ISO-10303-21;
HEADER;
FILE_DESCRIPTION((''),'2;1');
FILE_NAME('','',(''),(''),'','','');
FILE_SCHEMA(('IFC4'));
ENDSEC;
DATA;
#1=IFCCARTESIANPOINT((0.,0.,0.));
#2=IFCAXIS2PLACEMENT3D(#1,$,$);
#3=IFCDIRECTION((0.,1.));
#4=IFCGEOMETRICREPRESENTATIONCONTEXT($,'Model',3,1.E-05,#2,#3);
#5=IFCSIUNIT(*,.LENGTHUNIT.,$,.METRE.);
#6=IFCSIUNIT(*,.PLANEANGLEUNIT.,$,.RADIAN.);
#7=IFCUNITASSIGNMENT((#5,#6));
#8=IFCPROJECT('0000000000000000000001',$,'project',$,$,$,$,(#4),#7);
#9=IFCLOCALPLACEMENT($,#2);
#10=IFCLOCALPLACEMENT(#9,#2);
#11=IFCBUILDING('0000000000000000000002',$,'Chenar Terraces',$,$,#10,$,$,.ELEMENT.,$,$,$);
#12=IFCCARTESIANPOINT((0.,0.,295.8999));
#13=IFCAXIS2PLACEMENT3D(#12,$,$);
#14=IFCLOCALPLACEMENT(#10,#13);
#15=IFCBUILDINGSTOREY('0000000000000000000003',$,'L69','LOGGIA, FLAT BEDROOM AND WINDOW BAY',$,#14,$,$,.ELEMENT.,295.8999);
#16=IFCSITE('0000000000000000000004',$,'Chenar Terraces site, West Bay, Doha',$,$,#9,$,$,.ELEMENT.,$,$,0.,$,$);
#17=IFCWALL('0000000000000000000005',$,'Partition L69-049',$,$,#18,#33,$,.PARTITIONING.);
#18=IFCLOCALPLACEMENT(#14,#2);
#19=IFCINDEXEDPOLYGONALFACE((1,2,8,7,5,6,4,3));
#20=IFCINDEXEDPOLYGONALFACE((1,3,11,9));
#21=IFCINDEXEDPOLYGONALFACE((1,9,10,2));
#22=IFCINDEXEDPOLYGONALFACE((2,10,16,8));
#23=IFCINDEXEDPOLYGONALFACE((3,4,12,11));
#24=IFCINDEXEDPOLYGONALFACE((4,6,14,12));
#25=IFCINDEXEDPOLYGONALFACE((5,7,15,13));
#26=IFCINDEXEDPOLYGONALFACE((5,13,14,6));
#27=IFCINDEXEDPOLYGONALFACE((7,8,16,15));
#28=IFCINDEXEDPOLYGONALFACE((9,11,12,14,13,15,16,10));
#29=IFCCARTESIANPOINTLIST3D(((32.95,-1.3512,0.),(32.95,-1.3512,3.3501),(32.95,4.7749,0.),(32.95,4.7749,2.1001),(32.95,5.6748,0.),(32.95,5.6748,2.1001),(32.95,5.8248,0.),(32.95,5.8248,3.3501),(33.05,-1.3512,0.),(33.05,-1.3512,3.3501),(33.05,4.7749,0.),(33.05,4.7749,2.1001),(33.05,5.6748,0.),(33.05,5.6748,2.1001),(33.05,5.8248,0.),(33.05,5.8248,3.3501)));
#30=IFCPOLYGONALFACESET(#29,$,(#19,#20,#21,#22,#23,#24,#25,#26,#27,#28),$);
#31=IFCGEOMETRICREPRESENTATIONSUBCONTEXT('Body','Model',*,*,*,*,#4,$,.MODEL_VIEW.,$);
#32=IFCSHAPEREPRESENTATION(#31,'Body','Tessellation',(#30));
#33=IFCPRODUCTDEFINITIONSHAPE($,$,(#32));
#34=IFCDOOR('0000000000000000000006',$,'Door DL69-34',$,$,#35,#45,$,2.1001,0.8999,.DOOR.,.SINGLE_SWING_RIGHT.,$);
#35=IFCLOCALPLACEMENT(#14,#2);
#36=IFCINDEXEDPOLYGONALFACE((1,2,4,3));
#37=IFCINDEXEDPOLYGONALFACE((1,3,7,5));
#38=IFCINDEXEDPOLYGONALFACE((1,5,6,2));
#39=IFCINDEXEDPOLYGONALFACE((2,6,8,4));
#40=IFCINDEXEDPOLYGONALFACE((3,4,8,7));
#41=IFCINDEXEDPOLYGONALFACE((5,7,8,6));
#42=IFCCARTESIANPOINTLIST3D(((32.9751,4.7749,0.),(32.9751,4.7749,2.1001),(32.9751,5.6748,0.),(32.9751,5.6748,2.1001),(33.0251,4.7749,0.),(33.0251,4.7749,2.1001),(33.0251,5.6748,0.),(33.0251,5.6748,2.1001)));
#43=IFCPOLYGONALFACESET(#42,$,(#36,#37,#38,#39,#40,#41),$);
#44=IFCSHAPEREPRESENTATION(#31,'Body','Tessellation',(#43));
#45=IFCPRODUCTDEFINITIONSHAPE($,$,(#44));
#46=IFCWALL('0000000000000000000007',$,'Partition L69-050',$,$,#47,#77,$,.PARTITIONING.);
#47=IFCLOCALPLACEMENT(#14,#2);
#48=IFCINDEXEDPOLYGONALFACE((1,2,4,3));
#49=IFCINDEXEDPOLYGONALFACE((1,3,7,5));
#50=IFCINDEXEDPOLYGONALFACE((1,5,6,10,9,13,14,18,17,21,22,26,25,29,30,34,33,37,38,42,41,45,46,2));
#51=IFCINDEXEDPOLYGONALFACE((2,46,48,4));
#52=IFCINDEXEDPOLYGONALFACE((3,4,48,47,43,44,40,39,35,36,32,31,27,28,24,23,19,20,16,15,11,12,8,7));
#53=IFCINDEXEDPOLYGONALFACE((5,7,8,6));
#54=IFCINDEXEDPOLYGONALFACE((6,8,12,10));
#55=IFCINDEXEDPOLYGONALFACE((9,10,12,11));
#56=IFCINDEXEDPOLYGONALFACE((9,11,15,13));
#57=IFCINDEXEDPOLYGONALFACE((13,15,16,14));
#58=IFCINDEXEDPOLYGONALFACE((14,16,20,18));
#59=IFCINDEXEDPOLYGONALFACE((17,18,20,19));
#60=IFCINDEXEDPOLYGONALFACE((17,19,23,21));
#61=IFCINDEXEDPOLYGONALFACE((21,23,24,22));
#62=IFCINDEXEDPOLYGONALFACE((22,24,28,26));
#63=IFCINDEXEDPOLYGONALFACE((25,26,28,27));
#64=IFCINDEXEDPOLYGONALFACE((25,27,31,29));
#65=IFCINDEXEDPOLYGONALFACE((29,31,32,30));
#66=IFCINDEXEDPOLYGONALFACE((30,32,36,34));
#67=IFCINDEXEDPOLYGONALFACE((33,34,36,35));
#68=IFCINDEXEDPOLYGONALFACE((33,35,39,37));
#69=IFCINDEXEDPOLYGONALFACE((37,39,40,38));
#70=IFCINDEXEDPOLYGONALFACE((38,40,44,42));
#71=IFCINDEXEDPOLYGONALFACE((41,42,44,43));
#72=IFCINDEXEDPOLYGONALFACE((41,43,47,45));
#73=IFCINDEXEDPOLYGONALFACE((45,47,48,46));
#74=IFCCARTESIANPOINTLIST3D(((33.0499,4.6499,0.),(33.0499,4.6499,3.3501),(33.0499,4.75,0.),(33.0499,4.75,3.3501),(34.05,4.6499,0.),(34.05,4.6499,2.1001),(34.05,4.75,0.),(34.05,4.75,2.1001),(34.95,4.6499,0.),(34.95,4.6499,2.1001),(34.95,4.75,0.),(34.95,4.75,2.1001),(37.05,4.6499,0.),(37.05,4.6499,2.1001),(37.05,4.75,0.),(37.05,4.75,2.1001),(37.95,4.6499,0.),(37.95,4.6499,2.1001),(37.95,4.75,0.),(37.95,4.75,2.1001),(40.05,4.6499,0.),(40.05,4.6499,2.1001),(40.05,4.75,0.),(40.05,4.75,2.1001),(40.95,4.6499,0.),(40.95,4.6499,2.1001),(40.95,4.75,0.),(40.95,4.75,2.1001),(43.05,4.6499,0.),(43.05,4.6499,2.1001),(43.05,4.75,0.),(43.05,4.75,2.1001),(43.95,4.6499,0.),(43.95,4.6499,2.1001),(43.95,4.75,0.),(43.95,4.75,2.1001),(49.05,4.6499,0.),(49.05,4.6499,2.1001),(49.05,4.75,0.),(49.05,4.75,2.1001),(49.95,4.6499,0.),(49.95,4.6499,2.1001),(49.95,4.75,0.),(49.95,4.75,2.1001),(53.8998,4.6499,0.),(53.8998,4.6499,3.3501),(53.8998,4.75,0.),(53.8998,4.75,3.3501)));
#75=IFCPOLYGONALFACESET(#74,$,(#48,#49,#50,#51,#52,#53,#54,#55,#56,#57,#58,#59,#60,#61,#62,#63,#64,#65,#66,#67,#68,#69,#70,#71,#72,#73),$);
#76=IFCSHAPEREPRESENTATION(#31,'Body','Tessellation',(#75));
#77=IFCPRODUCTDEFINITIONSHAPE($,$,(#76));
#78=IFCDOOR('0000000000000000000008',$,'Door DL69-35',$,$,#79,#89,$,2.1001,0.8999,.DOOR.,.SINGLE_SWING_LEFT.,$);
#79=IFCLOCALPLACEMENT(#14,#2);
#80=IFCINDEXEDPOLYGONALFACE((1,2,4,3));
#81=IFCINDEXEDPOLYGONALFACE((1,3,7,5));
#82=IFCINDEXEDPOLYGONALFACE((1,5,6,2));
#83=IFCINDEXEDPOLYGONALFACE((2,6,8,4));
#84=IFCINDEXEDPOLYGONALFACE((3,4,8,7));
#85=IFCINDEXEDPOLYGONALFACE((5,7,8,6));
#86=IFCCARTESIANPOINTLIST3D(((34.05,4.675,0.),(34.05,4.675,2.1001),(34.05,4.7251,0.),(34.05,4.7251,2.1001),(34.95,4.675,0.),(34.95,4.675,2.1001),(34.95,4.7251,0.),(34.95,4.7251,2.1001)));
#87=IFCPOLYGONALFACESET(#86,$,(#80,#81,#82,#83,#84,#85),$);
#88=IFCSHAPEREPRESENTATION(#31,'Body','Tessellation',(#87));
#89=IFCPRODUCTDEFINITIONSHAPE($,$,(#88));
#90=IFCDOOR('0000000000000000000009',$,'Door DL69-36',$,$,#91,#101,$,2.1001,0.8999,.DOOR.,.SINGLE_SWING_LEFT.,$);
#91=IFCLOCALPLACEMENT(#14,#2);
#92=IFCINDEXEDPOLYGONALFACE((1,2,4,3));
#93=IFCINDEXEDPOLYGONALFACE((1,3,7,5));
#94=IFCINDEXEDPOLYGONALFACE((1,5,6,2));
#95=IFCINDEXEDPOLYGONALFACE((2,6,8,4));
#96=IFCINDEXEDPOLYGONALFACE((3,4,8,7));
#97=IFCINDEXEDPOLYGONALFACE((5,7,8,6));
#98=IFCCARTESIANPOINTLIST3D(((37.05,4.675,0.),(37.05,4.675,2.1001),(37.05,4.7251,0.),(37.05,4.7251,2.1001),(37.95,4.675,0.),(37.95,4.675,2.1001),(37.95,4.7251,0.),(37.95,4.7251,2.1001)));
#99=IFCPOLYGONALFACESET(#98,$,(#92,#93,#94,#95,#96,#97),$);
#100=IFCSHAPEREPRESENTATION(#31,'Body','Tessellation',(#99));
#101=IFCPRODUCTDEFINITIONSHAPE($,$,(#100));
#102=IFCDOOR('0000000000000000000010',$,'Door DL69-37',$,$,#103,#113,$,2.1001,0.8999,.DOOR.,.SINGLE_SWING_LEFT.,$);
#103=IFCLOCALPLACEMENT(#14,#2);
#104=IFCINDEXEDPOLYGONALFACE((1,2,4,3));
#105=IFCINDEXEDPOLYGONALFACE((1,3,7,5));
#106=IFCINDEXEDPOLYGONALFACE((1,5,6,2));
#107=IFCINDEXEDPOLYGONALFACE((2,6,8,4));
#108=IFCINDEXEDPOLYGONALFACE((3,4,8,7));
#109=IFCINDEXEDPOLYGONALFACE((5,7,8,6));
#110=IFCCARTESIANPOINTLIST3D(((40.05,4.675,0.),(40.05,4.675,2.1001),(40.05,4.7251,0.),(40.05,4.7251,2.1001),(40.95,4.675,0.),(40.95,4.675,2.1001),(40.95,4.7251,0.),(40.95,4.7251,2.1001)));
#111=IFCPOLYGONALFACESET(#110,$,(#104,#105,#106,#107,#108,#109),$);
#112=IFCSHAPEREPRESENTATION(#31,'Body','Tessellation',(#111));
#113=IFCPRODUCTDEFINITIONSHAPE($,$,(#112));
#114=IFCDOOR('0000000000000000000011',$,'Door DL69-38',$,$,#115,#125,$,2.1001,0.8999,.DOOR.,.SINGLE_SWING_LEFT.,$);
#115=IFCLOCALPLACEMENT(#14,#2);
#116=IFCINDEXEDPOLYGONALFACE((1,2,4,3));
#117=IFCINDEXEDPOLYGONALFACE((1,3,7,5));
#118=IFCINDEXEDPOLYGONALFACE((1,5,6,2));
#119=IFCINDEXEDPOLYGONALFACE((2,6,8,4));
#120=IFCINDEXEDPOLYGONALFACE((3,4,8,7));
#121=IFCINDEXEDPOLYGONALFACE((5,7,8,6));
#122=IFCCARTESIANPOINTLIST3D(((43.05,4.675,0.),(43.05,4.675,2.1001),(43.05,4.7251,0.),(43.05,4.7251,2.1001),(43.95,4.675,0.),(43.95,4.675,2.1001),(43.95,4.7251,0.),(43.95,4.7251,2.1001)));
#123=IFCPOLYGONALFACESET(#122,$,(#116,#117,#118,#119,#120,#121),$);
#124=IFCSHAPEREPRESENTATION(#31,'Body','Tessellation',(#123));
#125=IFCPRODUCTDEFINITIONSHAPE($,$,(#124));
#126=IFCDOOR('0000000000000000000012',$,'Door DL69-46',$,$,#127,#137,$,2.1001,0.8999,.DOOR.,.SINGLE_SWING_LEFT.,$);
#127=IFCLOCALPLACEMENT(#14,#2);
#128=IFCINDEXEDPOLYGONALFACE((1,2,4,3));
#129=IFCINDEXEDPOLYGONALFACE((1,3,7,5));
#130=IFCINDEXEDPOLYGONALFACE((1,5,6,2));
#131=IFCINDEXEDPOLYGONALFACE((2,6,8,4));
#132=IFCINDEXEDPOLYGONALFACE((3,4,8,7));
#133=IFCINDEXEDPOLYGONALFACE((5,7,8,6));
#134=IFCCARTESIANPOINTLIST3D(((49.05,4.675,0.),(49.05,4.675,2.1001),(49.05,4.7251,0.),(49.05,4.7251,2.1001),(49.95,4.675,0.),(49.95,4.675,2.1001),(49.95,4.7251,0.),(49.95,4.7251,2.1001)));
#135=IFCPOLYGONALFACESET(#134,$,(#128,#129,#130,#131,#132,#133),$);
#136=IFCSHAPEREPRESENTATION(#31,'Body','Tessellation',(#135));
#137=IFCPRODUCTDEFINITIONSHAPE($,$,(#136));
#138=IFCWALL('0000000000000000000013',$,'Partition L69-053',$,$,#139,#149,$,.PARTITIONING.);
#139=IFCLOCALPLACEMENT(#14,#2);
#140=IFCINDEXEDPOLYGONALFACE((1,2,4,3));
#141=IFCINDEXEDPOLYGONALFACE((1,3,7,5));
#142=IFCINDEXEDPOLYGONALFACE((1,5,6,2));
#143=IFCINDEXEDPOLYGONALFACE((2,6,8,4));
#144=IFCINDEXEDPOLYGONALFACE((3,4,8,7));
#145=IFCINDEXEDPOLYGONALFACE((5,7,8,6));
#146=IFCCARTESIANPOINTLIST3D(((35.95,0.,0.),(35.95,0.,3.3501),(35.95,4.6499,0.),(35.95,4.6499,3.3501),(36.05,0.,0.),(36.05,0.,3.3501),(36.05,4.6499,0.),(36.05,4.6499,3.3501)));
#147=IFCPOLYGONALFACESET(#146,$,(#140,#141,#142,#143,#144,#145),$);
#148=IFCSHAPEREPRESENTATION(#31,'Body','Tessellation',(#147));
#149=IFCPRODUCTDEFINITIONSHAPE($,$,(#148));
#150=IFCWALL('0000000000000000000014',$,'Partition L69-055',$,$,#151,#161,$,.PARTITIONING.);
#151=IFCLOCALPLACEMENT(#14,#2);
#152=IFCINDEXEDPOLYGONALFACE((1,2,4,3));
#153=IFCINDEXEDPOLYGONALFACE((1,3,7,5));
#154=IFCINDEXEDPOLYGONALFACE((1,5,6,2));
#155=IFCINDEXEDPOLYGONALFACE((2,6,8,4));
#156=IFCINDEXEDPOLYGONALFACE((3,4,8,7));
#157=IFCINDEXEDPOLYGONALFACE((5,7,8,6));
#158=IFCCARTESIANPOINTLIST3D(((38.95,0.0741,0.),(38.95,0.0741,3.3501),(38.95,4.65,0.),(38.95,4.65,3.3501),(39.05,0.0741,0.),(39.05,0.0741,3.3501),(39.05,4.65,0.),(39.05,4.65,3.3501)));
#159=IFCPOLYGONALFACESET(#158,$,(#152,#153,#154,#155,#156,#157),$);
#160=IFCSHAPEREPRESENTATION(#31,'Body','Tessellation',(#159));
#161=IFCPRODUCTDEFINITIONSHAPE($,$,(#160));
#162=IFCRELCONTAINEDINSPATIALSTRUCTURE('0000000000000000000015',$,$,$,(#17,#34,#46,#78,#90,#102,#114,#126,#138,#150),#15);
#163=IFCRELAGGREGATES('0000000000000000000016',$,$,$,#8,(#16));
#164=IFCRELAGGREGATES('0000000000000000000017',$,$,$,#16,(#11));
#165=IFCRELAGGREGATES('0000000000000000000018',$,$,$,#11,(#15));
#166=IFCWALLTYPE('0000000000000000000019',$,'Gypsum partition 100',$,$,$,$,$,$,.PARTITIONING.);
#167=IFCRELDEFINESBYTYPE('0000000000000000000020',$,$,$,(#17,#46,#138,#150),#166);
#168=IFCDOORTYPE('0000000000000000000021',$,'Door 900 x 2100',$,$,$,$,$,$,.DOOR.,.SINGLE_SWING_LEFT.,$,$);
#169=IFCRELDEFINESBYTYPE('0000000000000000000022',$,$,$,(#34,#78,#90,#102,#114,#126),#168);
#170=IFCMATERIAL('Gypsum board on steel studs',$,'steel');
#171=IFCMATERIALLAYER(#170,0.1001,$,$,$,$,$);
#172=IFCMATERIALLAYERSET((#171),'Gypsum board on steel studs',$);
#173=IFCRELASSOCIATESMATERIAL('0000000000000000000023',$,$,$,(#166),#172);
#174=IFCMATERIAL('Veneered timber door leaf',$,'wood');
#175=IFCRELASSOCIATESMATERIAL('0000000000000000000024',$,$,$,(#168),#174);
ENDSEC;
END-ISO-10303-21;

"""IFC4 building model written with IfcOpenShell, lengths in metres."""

from ifc_helpers import new_model, si_unit, direction, frame, frame_2d, origin, place, context, subcontext, project, spatial, rectangle, extrude, material, layer, layer_set, type_object, element, fill, save


model = new_model("IFC4")

# Units and contexts
model_context = context("Model", 3, precision=1e-05, world=origin(), true_north=direction((0.0, 1.0)))
body_context = subcontext(model_context, "Body", "Model", "MODEL_VIEW")
ifc_project = project(units=[si_unit("LENGTHUNIT", "METRE"), si_unit("PLANEANGLEUNIT", "RADIAN")], contexts=[model_context])

# Site, building, storey
site_placement = place(None, origin())
site = spatial("IfcSite", under=ifc_project, at=site_placement, Name="Chenar Terraces site, West Bay, Doha", CompositionType="ELEMENT", RefElevation=0.0)
building_placement = place(site_placement, origin())
building = spatial("IfcBuilding", under=site, at=building_placement, Name="Chenar Terraces", CompositionType="ELEMENT")
storey_placement = place(building_placement, frame((0.0, 0.0, 295.8999)))
storey = spatial("IfcBuildingStorey", under=building, at=storey_placement, Name="L69", Description="LOGGIA, FLAT BEDROOM AND WINDOW BAY", CompositionType="ELEMENT", Elevation=295.8999)

# Shared definitions
ifc_material_1 = material(Name="Gypsum board on steel studs", Category="steel")
ifc_layer_1 = layer(ifc_material_1, 0.1001)
ifc_layer_set_1 = layer_set([ifc_layer_1], Name="Gypsum board on steel studs")
wall_type_1 = type_object("IfcWallType", Name="Gypsum partition 100", PredefinedType="PARTITIONING", material=ifc_layer_set_1)

# Wall, opening, door
wall_1_placement = place(storey_placement, frame((33.0, -1.3511, 0.0), z_axis=(0.0, 0.0, 1.0), x_axis=(0.0, 1.0, 0.0)))
wall_1 = element("IfcWall", 1, at=wall_1_placement, inside=storey, type_object=wall_type_1, Name="Partition L69-049", PredefinedType="PARTITIONING", context=body_context, shape_type="SweptSolid", body=[
    extrude(rectangle(XDim=7.176, YDim=0.1001, at=frame_2d((3.5879, 0.0))), origin(), (0.0, 0.0, 1.0), 3.3501),
])
opening_1_placement = place(wall_1_placement, frame((6.126, 0.0, 0.0)))
opening_1 = element("IfcOpeningElement", 2, at=opening_1_placement, cuts=wall_1, PredefinedType="OPENING", context=body_context, shape_type="SweptSolid", body=[
    extrude(rectangle(XDim=0.8999, YDim=2.1001, at=frame_2d((0.45, 1.05))), frame((0.0, 0.0601, 0.0), z_axis=(0.0, -1.0, 0.0), x_axis=(1.0, 0.0, 0.0)), (0.0, 0.0, 1.0), 0.1201),
])
ifc_material_2 = material(Name="Veneered timber door leaf", Category="wood")
door_type_1 = type_object("IfcDoorType", Name="Door 900 x 2100", OperationType="SINGLE_SWING_LEFT", PredefinedType="DOOR", material=ifc_material_2)
door_1_placement = place(opening_1_placement, origin())
door_1 = element("IfcDoor", 3, at=door_1_placement, inside=storey, type_object=door_type_1, Name="Door DL69-34", OperationType="SINGLE_SWING_RIGHT", OverallHeight=2.1001, OverallWidth=0.8999, PredefinedType="DOOR", context=body_context, shape_type="SweptSolid", body=[
    extrude(rectangle(XDim=0.8999, YDim=2.1001, at=frame_2d((0.45, 1.05))), frame((0.0, 0.0249, 0.0), z_axis=(0.0, -1.0, 0.0), x_axis=(1.0, 0.0, 0.0)), (0.0, 0.0, 1.0), 0.05),
])
fill(opening_1, door_1)

# Wall, openings, doors
wall_2_placement = place(storey_placement, frame((33.05, 4.7, 0.0), z_axis=(0.0, 0.0, 1.0), x_axis=(1.0, 0.0, 0.0)))
wall_2 = element("IfcWall", 4, at=wall_2_placement, inside=storey, type_object=wall_type_1, Name="Partition L69-050", PredefinedType="PARTITIONING", context=body_context, shape_type="SweptSolid", body=[
    extrude(rectangle(XDim=20.8499, YDim=0.1001, at=frame_2d((10.4248, 0.0))), origin(), (0.0, 0.0, 1.0), 3.3501),
])
opening_2_placement = place(wall_2_placement, frame((1.0, 0.0, 0.0)))
opening_2 = element("IfcOpeningElement", 5, at=opening_2_placement, cuts=wall_2, PredefinedType="OPENING", context=body_context, shape_type="SweptSolid", body=[
    extrude(rectangle(XDim=0.8999, YDim=2.1001, at=frame_2d((0.45, 1.05))), frame((0.0, 0.0601, 0.0), z_axis=(0.0, -1.0, 0.0), x_axis=(1.0, 0.0, 0.0)), (0.0, 0.0, 1.0), 0.1201),
])
opening_3_placement = place(wall_2_placement, frame((4.0, 0.0, 0.0)))
opening_3 = element("IfcOpeningElement", 6, at=opening_3_placement, cuts=wall_2, PredefinedType="OPENING", context=body_context, shape_type="SweptSolid", body=[
    extrude(rectangle(XDim=0.8999, YDim=2.1001, at=frame_2d((0.45, 1.05))), frame((0.0, 0.0601, 0.0), z_axis=(0.0, -1.0, 0.0), x_axis=(1.0, 0.0, 0.0)), (0.0, 0.0, 1.0), 0.1201),
])
opening_4_placement = place(wall_2_placement, frame((7.0, 0.0, 0.0)))
opening_4 = element("IfcOpeningElement", 7, at=opening_4_placement, cuts=wall_2, PredefinedType="OPENING", context=body_context, shape_type="SweptSolid", body=[
    extrude(rectangle(XDim=0.8999, YDim=2.1001, at=frame_2d((0.45, 1.05))), frame((0.0, 0.0601, 0.0), z_axis=(0.0, -1.0, 0.0), x_axis=(1.0, 0.0, 0.0)), (0.0, 0.0, 1.0), 0.1201),
])
opening_5_placement = place(wall_2_placement, frame((10.0, 0.0, 0.0)))
opening_5 = element("IfcOpeningElement", 8, at=opening_5_placement, cuts=wall_2, PredefinedType="OPENING", context=body_context, shape_type="SweptSolid", body=[
    extrude(rectangle(XDim=0.8999, YDim=2.1001, at=frame_2d((0.45, 1.05))), frame((0.0, 0.0601, 0.0), z_axis=(0.0, -1.0, 0.0), x_axis=(1.0, 0.0, 0.0)), (0.0, 0.0, 1.0), 0.1201),
])
opening_6_placement = place(wall_2_placement, frame((16.0, 0.0, 0.0)))
opening_6 = element("IfcOpeningElement", 9, at=opening_6_placement, cuts=wall_2, PredefinedType="OPENING", context=body_context, shape_type="SweptSolid", body=[
    extrude(rectangle(XDim=0.8999, YDim=2.1001, at=frame_2d((0.45, 1.05))), frame((0.0, 0.0601, 0.0), z_axis=(0.0, -1.0, 0.0), x_axis=(1.0, 0.0, 0.0)), (0.0, 0.0, 1.0), 0.1201),
])
door_2_placement = place(opening_2_placement, frame((0.8999, 0.0, 0.0), z_axis=(0.0, 0.0, 1.0), x_axis=(-1.0, 0.0, 0.0)))
door_2 = element("IfcDoor", 10, at=door_2_placement, inside=storey, type_object=door_type_1, Name="Door DL69-35", OperationType="SINGLE_SWING_LEFT", OverallHeight=2.1001, OverallWidth=0.8999, PredefinedType="DOOR", context=body_context, shape_type="SweptSolid", body=[
    extrude(rectangle(XDim=0.8999, YDim=2.1001, at=frame_2d((0.45, 1.05))), frame((0.0, 0.0249, 0.0), z_axis=(0.0, -1.0, 0.0), x_axis=(1.0, 0.0, 0.0)), (0.0, 0.0, 1.0), 0.05),
])
fill(opening_2, door_2)
door_3_placement = place(opening_3_placement, frame((0.8999, 0.0, 0.0), z_axis=(0.0, 0.0, 1.0), x_axis=(-1.0, 0.0, 0.0)))
door_3 = element("IfcDoor", 11, at=door_3_placement, inside=storey, type_object=door_type_1, Name="Door DL69-36", OperationType="SINGLE_SWING_LEFT", OverallHeight=2.1001, OverallWidth=0.8999, PredefinedType="DOOR", context=body_context, shape_type="SweptSolid", body=[
    extrude(rectangle(XDim=0.8999, YDim=2.1001, at=frame_2d((0.45, 1.05))), frame((0.0, 0.0249, 0.0), z_axis=(0.0, -1.0, 0.0), x_axis=(1.0, 0.0, 0.0)), (0.0, 0.0, 1.0), 0.05),
])
fill(opening_3, door_3)
door_4_placement = place(opening_4_placement, frame((0.8999, 0.0, 0.0), z_axis=(0.0, 0.0, 1.0), x_axis=(-1.0, 0.0, 0.0)))
door_4 = element("IfcDoor", 12, at=door_4_placement, inside=storey, type_object=door_type_1, Name="Door DL69-37", OperationType="SINGLE_SWING_LEFT", OverallHeight=2.1001, OverallWidth=0.8999, PredefinedType="DOOR", context=body_context, shape_type="SweptSolid", body=[
    extrude(rectangle(XDim=0.8999, YDim=2.1001, at=frame_2d((0.45, 1.05))), frame((0.0, 0.0249, 0.0), z_axis=(0.0, -1.0, 0.0), x_axis=(1.0, 0.0, 0.0)), (0.0, 0.0, 1.0), 0.05),
])
fill(opening_4, door_4)
door_5_placement = place(opening_5_placement, frame((0.8999, 0.0, 0.0), z_axis=(0.0, 0.0, 1.0), x_axis=(-1.0, 0.0, 0.0)))
door_5 = element("IfcDoor", 13, at=door_5_placement, inside=storey, type_object=door_type_1, Name="Door DL69-38", OperationType="SINGLE_SWING_LEFT", OverallHeight=2.1001, OverallWidth=0.8999, PredefinedType="DOOR", context=body_context, shape_type="SweptSolid", body=[
    extrude(rectangle(XDim=0.8999, YDim=2.1001, at=frame_2d((0.45, 1.05))), frame((0.0, 0.0249, 0.0), z_axis=(0.0, -1.0, 0.0), x_axis=(1.0, 0.0, 0.0)), (0.0, 0.0, 1.0), 0.05),
])
fill(opening_5, door_5)
door_6_placement = place(opening_6_placement, frame((0.8999, 0.0, 0.0), z_axis=(0.0, 0.0, 1.0), x_axis=(-1.0, 0.0, 0.0)))
door_6 = element("IfcDoor", 14, at=door_6_placement, inside=storey, type_object=door_type_1, Name="Door DL69-46", OperationType="SINGLE_SWING_LEFT", OverallHeight=2.1001, OverallWidth=0.8999, PredefinedType="DOOR", context=body_context, shape_type="SweptSolid", body=[
    extrude(rectangle(XDim=0.8999, YDim=2.1001, at=frame_2d((0.45, 1.05))), frame((0.0, 0.0249, 0.0), z_axis=(0.0, -1.0, 0.0), x_axis=(1.0, 0.0, 0.0)), (0.0, 0.0, 1.0), 0.05),
])
fill(opening_6, door_6)

# Walls
wall_3_placement = place(storey_placement, frame((36.0, 0.0, 0.0), z_axis=(0.0, 0.0, 1.0), x_axis=(0.0, 1.0, 0.0)))
element("IfcWall", 15, at=wall_3_placement, inside=storey, type_object=wall_type_1, Name="Partition L69-053", PredefinedType="PARTITIONING", context=body_context, shape_type="SweptSolid", body=[
    extrude(rectangle(XDim=4.6499, YDim=0.1001, at=frame_2d((2.325, 0.0))), origin(), (0.0, 0.0, 1.0), 3.3501),
])
for number, where, z_axis, x_axis, name in (
    (16, (39.0, 0.074, 0.0), (0.0, 0.0, 1.0), (0.0, 1.0, 0.0), "Partition L69-055"),
):
    element("IfcWall", number, at=place(storey_placement, frame(where, z_axis=z_axis, x_axis=x_axis)), inside=storey, type_object=wall_type_1, Name=name, PredefinedType="PARTITIONING", context=body_context, shape_type="SweptSolid", body=[
        extrude(rectangle(XDim=4.5759, YDim=0.1001, at=frame_2d((2.2881, 0.0))), origin(), (0.0, 0.0, 1.0), 3.3501),
    ])

save(model, "model.ifc")
